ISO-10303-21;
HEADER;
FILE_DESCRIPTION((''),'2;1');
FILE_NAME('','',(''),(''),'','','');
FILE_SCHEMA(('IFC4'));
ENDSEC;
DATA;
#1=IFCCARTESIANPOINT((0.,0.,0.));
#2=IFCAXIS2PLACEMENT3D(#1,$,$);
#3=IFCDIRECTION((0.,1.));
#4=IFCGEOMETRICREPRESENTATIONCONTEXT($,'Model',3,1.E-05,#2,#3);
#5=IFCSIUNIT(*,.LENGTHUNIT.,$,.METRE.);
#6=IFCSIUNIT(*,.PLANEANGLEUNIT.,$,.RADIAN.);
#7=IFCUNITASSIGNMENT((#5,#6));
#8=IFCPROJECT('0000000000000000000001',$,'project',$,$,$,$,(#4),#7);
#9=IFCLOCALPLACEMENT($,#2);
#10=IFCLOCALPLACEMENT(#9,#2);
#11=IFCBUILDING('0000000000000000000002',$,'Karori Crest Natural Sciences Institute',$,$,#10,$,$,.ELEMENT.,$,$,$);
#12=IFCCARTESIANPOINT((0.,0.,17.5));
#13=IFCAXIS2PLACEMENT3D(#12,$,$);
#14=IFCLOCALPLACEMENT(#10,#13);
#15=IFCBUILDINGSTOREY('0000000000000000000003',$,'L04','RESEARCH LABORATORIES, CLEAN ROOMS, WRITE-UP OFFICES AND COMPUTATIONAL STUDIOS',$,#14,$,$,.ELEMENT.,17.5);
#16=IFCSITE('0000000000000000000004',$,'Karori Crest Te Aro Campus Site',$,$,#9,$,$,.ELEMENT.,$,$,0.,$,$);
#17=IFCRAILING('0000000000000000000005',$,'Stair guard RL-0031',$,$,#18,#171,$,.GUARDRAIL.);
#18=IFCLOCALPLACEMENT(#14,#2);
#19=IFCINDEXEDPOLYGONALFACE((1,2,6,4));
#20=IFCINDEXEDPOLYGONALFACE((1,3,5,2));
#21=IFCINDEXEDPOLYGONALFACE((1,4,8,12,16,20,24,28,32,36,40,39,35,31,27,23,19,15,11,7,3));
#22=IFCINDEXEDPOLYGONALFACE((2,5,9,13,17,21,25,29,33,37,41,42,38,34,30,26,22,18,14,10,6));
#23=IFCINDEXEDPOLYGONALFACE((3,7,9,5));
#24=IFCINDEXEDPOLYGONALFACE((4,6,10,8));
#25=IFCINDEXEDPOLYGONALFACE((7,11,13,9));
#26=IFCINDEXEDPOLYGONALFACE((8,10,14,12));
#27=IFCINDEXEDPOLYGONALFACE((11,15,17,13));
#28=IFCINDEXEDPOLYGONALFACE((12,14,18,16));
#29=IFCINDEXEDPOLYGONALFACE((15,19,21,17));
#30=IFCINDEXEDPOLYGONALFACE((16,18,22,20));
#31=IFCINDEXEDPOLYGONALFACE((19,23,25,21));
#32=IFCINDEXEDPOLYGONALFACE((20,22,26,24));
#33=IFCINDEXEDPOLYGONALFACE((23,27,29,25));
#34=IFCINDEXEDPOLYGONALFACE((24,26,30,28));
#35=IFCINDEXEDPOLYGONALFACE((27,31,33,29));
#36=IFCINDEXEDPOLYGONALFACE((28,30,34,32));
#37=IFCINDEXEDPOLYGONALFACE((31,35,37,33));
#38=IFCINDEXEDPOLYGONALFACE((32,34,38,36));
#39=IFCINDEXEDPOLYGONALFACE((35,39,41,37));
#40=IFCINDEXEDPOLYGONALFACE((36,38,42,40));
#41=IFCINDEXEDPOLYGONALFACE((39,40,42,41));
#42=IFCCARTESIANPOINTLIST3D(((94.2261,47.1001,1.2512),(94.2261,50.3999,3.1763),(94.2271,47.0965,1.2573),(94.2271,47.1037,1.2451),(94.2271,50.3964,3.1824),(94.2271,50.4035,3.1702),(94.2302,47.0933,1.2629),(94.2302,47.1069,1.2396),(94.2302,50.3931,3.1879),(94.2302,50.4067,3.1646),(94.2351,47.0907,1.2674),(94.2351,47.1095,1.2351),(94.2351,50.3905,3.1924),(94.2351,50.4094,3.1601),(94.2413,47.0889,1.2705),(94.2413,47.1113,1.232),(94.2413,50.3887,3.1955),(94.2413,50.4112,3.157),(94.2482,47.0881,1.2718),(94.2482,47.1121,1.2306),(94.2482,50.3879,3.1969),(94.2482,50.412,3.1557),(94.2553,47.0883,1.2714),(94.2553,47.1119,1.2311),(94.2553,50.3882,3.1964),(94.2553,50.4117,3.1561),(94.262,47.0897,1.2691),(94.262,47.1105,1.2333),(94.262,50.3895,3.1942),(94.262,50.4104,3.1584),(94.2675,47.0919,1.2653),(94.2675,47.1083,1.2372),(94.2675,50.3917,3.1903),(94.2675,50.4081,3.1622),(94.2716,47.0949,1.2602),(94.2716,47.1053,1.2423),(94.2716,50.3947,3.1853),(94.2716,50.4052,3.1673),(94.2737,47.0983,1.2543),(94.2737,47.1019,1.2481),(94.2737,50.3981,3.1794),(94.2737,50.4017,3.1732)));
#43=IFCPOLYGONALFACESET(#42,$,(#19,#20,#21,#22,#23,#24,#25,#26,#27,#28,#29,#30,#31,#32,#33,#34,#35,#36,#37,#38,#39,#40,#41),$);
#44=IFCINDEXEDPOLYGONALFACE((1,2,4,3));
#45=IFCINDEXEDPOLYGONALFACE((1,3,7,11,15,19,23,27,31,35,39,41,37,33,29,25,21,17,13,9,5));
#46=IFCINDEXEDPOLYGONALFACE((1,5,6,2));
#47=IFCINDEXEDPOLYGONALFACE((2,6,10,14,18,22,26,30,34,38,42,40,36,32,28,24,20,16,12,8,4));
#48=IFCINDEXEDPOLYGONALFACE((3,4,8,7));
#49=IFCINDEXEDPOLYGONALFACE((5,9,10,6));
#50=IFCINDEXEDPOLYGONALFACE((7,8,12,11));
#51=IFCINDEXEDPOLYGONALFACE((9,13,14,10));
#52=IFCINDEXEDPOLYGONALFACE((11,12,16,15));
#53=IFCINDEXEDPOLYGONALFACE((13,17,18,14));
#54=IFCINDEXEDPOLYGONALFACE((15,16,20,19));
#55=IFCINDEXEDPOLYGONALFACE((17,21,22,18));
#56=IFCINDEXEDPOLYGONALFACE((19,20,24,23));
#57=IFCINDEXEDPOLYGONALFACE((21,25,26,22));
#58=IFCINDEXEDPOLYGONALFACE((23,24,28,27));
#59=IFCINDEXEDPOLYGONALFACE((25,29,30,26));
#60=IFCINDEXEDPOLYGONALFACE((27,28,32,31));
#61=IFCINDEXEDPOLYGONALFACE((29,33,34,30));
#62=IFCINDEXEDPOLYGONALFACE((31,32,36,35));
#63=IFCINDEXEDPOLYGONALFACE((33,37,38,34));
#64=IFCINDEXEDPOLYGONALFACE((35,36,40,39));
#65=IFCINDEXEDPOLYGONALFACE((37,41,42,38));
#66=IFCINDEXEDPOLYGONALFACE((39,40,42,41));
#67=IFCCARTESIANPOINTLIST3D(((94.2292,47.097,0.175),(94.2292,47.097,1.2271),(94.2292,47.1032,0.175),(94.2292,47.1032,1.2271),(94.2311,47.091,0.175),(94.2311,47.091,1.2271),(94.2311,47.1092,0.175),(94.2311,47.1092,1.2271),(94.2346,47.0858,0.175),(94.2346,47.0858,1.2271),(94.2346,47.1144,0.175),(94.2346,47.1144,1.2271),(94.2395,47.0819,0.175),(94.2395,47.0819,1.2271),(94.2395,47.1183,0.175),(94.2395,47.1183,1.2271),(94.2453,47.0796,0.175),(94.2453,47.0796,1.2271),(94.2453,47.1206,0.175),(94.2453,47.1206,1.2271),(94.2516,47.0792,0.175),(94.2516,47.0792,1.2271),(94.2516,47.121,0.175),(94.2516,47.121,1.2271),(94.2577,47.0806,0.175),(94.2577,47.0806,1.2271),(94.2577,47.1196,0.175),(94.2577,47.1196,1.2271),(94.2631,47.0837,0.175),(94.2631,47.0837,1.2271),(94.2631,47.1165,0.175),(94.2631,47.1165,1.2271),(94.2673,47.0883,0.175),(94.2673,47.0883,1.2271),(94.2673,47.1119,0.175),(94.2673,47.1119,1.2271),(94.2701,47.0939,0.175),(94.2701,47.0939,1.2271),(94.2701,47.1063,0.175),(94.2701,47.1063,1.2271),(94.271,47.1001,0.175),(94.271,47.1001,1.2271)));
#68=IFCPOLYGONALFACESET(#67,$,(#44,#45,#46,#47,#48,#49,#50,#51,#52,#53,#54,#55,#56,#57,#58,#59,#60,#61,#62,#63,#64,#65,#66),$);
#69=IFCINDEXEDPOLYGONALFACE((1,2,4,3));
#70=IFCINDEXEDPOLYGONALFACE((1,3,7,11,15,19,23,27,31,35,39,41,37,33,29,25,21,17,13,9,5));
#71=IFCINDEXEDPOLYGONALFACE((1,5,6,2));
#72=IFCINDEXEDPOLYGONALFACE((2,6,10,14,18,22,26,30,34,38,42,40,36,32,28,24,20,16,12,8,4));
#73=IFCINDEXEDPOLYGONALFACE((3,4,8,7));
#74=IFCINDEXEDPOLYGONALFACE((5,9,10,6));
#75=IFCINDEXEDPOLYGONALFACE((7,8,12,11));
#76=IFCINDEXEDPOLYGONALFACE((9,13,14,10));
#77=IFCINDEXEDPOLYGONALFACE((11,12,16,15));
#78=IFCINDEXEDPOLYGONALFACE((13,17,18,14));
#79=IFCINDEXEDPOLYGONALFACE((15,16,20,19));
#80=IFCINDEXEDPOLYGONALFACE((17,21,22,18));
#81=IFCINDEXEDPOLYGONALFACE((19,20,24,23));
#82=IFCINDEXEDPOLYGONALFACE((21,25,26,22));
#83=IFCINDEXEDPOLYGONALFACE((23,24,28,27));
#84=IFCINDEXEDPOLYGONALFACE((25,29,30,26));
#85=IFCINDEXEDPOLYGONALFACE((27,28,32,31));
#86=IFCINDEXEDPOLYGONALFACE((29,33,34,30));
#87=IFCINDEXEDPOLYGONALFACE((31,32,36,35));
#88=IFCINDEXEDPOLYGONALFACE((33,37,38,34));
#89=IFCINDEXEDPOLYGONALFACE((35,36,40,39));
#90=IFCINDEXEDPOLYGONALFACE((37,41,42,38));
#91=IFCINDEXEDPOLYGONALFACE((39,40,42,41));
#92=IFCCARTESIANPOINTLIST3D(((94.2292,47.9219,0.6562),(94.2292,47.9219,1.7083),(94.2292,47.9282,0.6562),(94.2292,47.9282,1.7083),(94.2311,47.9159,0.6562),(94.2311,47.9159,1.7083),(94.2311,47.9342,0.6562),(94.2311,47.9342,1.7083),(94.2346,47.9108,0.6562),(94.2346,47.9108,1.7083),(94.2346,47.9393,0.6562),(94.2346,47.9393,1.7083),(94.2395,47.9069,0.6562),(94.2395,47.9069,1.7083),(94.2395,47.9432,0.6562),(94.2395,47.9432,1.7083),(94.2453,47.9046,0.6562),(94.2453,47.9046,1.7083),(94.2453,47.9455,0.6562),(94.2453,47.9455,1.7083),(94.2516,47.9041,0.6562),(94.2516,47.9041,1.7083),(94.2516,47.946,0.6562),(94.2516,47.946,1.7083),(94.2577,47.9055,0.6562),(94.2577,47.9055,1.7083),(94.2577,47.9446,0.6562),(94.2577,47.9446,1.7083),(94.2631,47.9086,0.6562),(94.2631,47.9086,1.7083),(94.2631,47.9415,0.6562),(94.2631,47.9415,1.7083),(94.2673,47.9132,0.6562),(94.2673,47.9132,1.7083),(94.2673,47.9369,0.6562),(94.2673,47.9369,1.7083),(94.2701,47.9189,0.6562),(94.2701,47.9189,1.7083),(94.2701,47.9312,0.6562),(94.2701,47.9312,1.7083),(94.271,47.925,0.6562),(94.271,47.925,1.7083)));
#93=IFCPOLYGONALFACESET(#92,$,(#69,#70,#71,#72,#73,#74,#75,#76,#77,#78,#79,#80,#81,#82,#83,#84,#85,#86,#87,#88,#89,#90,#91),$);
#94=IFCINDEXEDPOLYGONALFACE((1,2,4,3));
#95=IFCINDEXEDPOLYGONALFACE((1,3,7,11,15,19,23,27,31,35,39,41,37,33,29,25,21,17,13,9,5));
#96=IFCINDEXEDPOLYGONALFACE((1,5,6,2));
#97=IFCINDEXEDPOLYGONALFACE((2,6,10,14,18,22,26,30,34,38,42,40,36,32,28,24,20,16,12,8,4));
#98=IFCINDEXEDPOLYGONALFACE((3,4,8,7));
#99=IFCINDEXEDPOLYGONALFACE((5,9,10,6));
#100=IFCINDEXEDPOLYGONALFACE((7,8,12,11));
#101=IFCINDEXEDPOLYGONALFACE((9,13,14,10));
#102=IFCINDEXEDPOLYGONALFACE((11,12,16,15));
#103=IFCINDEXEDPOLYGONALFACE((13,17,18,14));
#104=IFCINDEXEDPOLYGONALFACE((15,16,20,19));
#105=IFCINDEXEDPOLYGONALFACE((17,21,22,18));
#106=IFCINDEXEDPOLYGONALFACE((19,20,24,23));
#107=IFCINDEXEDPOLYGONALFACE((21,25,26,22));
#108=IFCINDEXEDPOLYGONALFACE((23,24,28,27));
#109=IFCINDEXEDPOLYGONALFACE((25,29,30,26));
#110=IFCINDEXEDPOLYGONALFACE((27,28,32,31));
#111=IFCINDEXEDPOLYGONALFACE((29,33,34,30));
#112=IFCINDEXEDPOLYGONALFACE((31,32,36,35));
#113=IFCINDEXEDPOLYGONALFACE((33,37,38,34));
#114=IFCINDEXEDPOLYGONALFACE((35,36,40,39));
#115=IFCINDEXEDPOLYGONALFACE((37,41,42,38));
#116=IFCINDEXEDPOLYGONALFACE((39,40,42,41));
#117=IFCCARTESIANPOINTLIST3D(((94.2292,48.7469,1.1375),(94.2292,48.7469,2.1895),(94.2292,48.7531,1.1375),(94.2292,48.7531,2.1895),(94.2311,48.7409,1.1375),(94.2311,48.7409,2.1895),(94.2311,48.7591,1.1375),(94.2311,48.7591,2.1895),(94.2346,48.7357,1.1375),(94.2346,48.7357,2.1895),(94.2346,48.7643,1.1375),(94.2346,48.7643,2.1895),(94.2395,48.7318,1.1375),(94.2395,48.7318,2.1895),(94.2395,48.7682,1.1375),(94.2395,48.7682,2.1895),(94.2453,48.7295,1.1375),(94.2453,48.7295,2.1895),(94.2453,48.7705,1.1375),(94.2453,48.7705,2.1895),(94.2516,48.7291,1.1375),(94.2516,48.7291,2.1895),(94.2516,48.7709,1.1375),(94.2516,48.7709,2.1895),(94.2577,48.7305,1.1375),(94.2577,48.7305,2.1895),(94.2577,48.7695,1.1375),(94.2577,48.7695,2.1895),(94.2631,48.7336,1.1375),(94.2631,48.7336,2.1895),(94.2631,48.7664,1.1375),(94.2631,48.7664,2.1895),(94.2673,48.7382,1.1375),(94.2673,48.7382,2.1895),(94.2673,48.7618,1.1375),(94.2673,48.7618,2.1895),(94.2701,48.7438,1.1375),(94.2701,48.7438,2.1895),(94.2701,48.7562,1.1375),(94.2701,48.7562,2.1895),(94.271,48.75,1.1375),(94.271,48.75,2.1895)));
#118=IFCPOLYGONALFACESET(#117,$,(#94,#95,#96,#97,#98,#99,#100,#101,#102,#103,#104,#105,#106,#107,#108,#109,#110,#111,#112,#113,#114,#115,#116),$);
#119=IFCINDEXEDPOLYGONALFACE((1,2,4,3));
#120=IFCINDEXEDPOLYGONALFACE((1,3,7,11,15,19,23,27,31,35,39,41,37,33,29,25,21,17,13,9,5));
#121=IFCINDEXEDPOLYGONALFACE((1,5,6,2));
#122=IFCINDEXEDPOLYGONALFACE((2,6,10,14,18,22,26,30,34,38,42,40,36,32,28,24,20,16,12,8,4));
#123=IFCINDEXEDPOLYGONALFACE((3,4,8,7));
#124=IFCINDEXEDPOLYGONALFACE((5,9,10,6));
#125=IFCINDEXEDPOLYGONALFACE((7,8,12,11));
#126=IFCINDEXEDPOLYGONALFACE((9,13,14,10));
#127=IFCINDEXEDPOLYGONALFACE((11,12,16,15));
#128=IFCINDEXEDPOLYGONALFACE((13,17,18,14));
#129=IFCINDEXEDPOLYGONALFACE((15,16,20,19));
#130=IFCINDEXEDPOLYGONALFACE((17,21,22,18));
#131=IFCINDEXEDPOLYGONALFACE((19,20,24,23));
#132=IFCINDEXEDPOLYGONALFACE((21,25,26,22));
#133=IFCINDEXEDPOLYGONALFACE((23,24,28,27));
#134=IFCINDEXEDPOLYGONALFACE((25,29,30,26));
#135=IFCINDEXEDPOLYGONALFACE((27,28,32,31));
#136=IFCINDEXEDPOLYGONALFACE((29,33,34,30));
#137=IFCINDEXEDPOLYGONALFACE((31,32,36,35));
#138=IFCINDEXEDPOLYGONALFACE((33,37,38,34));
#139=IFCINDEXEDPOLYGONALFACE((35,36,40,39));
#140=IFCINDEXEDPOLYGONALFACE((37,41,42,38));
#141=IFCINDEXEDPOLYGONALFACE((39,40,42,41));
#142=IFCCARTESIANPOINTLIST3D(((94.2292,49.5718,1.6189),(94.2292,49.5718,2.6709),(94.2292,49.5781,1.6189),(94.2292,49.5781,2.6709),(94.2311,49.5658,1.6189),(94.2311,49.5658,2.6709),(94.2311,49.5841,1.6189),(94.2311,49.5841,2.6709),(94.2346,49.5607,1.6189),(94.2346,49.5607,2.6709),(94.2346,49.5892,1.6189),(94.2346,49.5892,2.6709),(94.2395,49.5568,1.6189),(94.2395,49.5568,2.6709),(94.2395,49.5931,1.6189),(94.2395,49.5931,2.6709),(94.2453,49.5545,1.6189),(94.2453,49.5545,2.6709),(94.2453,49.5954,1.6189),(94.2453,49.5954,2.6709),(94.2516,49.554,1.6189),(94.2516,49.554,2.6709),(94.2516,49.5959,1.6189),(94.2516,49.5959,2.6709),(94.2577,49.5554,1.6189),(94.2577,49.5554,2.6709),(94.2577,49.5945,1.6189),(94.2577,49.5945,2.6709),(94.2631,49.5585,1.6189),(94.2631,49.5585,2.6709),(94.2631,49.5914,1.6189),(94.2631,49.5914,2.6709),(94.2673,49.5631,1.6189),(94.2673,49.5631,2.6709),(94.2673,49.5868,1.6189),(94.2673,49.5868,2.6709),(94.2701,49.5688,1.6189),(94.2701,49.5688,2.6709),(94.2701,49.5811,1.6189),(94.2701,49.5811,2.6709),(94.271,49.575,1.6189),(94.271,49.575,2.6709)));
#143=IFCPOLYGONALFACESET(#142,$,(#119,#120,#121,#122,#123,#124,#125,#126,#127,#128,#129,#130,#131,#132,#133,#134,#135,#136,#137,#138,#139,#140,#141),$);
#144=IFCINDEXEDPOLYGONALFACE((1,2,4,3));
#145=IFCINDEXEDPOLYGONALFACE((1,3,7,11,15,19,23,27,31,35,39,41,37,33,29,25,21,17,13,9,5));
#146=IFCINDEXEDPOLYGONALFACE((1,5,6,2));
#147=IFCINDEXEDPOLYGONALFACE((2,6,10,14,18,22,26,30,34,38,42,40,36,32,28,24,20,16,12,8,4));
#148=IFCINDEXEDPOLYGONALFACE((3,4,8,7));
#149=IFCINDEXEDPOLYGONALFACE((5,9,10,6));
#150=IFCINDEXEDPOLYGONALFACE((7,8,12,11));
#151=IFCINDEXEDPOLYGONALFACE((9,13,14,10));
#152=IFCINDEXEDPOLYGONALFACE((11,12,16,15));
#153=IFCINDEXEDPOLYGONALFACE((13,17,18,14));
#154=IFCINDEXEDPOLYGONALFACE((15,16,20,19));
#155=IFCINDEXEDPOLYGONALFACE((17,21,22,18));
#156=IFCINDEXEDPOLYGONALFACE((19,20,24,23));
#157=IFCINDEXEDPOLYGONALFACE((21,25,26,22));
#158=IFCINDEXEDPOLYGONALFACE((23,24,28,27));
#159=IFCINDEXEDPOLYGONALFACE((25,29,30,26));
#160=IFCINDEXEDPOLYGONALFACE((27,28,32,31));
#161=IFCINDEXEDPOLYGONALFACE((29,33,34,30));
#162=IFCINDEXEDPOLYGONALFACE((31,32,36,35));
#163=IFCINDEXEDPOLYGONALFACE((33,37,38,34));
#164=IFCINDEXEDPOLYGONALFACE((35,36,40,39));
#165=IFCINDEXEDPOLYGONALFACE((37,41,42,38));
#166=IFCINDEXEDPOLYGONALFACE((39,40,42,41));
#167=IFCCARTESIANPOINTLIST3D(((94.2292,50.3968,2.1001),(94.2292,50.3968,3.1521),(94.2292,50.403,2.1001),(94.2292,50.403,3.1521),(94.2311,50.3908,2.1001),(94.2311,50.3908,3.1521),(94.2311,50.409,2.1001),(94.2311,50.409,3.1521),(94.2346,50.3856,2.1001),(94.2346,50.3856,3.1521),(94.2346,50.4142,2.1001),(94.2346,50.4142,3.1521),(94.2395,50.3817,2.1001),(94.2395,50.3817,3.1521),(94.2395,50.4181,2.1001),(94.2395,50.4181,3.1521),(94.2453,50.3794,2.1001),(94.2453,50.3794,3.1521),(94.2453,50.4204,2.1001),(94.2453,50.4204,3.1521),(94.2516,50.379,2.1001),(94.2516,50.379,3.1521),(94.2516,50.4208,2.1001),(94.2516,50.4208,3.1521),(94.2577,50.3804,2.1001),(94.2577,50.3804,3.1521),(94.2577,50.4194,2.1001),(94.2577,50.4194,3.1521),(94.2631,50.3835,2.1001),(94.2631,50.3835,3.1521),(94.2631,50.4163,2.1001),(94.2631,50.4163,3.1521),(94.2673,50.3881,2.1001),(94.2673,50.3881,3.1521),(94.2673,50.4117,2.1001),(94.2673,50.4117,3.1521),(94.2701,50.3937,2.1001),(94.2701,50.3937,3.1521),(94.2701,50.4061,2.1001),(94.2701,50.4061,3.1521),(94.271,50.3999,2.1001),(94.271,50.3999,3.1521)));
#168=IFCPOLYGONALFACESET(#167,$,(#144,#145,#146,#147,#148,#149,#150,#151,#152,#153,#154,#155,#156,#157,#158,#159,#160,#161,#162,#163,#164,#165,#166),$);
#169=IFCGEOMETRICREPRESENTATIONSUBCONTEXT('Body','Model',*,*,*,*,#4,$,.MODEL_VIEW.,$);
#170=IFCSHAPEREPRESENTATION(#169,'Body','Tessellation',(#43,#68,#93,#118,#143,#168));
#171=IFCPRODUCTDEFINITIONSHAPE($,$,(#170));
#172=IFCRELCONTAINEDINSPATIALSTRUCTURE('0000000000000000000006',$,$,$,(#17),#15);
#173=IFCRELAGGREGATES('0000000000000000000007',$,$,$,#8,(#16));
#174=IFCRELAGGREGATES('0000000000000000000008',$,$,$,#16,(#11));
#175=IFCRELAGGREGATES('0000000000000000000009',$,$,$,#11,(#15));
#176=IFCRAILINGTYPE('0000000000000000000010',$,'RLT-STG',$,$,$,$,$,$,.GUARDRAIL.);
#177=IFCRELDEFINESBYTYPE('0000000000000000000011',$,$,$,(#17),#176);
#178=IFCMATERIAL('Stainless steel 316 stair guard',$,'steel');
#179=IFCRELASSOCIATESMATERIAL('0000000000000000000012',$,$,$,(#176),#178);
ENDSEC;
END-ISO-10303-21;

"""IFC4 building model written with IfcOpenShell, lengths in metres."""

from ifc_helpers import new_model, si_unit, direction, frame, origin, origin_2d, place, context, subcontext, project, spatial, circle, extrude, material, type_object, element, save


model = new_model("IFC4")

# Units and contexts
model_context = context("Model", 3, precision=1e-05, world=origin(), true_north=direction((0.0, 1.0)))
body_context = subcontext(model_context, "Body", "Model", "MODEL_VIEW")
ifc_project = project(units=[si_unit("LENGTHUNIT", "METRE"), si_unit("PLANEANGLEUNIT", "RADIAN")], contexts=[model_context])

# Site, building, storey
site_placement = place(None, origin())
site = spatial("IfcSite", under=ifc_project, at=site_placement, Name="Karori Crest Te Aro Campus Site", CompositionType="ELEMENT", RefElevation=0.0)
building_placement = place(site_placement, origin())
building = spatial("IfcBuilding", under=site, at=building_placement, Name="Karori Crest Natural Sciences Institute", CompositionType="ELEMENT")
storey_placement = place(building_placement, frame((0.0, 0.0, 17.5)))
storey = spatial("IfcBuildingStorey", under=building, at=storey_placement, Name="L04", Description="RESEARCH LABORATORIES, CLEAN ROOMS, WRITE-UP OFFICES AND COMPUTATIONAL STUDIOS", CompositionType="ELEMENT", Elevation=17.5)

# Railing
ifc_material_1 = material(Name="Stainless steel 316 stair guard", Category="steel")
railing_type_1 = type_object("IfcRailingType", Name="RLT-STG", PredefinedType="GUARDRAIL", material=ifc_material_1)
railing_1_placement = place(storey_placement, frame((94.25, 47.1001, 0.175)))
element("IfcRailing", 1, at=railing_1_placement, inside=storey, type_object=railing_type_1, Name="Stair guard RL-0031", PredefinedType="GUARDRAIL", context=body_context, shape_type="SweptSolid", body=[
    extrude(circle(Radius=0.0239, at=origin_2d()), frame((0.0, 0.0, 1.0762), z_axis=(0.0, 0.86376, 0.503903), x_axis=(-1.0, 0.0, 0.0)), (0.0, 0.0, 1.0), 3.8203),
    extrude(circle(Radius=0.021, at=origin_2d()), origin(), (0.0, 0.0, 1.0), 1.052),
    extrude(circle(Radius=0.021, at=origin_2d()), frame((0.0, 0.825, 0.4812)), (0.0, 0.0, 1.0), 1.052),
    extrude(circle(Radius=0.021, at=origin_2d()), frame((0.0, 1.6499, 0.9624)), (0.0, 0.0, 1.0), 1.052),
    extrude(circle(Radius=0.021, at=origin_2d()), frame((0.0, 2.4749, 1.4438)), (0.0, 0.0, 1.0), 1.052),
    extrude(circle(Radius=0.021, at=origin_2d()), frame((0.0, 3.2998, 1.925)), (0.0, 0.0, 1.0), 1.052),
])

save(model, "model.ifc")
